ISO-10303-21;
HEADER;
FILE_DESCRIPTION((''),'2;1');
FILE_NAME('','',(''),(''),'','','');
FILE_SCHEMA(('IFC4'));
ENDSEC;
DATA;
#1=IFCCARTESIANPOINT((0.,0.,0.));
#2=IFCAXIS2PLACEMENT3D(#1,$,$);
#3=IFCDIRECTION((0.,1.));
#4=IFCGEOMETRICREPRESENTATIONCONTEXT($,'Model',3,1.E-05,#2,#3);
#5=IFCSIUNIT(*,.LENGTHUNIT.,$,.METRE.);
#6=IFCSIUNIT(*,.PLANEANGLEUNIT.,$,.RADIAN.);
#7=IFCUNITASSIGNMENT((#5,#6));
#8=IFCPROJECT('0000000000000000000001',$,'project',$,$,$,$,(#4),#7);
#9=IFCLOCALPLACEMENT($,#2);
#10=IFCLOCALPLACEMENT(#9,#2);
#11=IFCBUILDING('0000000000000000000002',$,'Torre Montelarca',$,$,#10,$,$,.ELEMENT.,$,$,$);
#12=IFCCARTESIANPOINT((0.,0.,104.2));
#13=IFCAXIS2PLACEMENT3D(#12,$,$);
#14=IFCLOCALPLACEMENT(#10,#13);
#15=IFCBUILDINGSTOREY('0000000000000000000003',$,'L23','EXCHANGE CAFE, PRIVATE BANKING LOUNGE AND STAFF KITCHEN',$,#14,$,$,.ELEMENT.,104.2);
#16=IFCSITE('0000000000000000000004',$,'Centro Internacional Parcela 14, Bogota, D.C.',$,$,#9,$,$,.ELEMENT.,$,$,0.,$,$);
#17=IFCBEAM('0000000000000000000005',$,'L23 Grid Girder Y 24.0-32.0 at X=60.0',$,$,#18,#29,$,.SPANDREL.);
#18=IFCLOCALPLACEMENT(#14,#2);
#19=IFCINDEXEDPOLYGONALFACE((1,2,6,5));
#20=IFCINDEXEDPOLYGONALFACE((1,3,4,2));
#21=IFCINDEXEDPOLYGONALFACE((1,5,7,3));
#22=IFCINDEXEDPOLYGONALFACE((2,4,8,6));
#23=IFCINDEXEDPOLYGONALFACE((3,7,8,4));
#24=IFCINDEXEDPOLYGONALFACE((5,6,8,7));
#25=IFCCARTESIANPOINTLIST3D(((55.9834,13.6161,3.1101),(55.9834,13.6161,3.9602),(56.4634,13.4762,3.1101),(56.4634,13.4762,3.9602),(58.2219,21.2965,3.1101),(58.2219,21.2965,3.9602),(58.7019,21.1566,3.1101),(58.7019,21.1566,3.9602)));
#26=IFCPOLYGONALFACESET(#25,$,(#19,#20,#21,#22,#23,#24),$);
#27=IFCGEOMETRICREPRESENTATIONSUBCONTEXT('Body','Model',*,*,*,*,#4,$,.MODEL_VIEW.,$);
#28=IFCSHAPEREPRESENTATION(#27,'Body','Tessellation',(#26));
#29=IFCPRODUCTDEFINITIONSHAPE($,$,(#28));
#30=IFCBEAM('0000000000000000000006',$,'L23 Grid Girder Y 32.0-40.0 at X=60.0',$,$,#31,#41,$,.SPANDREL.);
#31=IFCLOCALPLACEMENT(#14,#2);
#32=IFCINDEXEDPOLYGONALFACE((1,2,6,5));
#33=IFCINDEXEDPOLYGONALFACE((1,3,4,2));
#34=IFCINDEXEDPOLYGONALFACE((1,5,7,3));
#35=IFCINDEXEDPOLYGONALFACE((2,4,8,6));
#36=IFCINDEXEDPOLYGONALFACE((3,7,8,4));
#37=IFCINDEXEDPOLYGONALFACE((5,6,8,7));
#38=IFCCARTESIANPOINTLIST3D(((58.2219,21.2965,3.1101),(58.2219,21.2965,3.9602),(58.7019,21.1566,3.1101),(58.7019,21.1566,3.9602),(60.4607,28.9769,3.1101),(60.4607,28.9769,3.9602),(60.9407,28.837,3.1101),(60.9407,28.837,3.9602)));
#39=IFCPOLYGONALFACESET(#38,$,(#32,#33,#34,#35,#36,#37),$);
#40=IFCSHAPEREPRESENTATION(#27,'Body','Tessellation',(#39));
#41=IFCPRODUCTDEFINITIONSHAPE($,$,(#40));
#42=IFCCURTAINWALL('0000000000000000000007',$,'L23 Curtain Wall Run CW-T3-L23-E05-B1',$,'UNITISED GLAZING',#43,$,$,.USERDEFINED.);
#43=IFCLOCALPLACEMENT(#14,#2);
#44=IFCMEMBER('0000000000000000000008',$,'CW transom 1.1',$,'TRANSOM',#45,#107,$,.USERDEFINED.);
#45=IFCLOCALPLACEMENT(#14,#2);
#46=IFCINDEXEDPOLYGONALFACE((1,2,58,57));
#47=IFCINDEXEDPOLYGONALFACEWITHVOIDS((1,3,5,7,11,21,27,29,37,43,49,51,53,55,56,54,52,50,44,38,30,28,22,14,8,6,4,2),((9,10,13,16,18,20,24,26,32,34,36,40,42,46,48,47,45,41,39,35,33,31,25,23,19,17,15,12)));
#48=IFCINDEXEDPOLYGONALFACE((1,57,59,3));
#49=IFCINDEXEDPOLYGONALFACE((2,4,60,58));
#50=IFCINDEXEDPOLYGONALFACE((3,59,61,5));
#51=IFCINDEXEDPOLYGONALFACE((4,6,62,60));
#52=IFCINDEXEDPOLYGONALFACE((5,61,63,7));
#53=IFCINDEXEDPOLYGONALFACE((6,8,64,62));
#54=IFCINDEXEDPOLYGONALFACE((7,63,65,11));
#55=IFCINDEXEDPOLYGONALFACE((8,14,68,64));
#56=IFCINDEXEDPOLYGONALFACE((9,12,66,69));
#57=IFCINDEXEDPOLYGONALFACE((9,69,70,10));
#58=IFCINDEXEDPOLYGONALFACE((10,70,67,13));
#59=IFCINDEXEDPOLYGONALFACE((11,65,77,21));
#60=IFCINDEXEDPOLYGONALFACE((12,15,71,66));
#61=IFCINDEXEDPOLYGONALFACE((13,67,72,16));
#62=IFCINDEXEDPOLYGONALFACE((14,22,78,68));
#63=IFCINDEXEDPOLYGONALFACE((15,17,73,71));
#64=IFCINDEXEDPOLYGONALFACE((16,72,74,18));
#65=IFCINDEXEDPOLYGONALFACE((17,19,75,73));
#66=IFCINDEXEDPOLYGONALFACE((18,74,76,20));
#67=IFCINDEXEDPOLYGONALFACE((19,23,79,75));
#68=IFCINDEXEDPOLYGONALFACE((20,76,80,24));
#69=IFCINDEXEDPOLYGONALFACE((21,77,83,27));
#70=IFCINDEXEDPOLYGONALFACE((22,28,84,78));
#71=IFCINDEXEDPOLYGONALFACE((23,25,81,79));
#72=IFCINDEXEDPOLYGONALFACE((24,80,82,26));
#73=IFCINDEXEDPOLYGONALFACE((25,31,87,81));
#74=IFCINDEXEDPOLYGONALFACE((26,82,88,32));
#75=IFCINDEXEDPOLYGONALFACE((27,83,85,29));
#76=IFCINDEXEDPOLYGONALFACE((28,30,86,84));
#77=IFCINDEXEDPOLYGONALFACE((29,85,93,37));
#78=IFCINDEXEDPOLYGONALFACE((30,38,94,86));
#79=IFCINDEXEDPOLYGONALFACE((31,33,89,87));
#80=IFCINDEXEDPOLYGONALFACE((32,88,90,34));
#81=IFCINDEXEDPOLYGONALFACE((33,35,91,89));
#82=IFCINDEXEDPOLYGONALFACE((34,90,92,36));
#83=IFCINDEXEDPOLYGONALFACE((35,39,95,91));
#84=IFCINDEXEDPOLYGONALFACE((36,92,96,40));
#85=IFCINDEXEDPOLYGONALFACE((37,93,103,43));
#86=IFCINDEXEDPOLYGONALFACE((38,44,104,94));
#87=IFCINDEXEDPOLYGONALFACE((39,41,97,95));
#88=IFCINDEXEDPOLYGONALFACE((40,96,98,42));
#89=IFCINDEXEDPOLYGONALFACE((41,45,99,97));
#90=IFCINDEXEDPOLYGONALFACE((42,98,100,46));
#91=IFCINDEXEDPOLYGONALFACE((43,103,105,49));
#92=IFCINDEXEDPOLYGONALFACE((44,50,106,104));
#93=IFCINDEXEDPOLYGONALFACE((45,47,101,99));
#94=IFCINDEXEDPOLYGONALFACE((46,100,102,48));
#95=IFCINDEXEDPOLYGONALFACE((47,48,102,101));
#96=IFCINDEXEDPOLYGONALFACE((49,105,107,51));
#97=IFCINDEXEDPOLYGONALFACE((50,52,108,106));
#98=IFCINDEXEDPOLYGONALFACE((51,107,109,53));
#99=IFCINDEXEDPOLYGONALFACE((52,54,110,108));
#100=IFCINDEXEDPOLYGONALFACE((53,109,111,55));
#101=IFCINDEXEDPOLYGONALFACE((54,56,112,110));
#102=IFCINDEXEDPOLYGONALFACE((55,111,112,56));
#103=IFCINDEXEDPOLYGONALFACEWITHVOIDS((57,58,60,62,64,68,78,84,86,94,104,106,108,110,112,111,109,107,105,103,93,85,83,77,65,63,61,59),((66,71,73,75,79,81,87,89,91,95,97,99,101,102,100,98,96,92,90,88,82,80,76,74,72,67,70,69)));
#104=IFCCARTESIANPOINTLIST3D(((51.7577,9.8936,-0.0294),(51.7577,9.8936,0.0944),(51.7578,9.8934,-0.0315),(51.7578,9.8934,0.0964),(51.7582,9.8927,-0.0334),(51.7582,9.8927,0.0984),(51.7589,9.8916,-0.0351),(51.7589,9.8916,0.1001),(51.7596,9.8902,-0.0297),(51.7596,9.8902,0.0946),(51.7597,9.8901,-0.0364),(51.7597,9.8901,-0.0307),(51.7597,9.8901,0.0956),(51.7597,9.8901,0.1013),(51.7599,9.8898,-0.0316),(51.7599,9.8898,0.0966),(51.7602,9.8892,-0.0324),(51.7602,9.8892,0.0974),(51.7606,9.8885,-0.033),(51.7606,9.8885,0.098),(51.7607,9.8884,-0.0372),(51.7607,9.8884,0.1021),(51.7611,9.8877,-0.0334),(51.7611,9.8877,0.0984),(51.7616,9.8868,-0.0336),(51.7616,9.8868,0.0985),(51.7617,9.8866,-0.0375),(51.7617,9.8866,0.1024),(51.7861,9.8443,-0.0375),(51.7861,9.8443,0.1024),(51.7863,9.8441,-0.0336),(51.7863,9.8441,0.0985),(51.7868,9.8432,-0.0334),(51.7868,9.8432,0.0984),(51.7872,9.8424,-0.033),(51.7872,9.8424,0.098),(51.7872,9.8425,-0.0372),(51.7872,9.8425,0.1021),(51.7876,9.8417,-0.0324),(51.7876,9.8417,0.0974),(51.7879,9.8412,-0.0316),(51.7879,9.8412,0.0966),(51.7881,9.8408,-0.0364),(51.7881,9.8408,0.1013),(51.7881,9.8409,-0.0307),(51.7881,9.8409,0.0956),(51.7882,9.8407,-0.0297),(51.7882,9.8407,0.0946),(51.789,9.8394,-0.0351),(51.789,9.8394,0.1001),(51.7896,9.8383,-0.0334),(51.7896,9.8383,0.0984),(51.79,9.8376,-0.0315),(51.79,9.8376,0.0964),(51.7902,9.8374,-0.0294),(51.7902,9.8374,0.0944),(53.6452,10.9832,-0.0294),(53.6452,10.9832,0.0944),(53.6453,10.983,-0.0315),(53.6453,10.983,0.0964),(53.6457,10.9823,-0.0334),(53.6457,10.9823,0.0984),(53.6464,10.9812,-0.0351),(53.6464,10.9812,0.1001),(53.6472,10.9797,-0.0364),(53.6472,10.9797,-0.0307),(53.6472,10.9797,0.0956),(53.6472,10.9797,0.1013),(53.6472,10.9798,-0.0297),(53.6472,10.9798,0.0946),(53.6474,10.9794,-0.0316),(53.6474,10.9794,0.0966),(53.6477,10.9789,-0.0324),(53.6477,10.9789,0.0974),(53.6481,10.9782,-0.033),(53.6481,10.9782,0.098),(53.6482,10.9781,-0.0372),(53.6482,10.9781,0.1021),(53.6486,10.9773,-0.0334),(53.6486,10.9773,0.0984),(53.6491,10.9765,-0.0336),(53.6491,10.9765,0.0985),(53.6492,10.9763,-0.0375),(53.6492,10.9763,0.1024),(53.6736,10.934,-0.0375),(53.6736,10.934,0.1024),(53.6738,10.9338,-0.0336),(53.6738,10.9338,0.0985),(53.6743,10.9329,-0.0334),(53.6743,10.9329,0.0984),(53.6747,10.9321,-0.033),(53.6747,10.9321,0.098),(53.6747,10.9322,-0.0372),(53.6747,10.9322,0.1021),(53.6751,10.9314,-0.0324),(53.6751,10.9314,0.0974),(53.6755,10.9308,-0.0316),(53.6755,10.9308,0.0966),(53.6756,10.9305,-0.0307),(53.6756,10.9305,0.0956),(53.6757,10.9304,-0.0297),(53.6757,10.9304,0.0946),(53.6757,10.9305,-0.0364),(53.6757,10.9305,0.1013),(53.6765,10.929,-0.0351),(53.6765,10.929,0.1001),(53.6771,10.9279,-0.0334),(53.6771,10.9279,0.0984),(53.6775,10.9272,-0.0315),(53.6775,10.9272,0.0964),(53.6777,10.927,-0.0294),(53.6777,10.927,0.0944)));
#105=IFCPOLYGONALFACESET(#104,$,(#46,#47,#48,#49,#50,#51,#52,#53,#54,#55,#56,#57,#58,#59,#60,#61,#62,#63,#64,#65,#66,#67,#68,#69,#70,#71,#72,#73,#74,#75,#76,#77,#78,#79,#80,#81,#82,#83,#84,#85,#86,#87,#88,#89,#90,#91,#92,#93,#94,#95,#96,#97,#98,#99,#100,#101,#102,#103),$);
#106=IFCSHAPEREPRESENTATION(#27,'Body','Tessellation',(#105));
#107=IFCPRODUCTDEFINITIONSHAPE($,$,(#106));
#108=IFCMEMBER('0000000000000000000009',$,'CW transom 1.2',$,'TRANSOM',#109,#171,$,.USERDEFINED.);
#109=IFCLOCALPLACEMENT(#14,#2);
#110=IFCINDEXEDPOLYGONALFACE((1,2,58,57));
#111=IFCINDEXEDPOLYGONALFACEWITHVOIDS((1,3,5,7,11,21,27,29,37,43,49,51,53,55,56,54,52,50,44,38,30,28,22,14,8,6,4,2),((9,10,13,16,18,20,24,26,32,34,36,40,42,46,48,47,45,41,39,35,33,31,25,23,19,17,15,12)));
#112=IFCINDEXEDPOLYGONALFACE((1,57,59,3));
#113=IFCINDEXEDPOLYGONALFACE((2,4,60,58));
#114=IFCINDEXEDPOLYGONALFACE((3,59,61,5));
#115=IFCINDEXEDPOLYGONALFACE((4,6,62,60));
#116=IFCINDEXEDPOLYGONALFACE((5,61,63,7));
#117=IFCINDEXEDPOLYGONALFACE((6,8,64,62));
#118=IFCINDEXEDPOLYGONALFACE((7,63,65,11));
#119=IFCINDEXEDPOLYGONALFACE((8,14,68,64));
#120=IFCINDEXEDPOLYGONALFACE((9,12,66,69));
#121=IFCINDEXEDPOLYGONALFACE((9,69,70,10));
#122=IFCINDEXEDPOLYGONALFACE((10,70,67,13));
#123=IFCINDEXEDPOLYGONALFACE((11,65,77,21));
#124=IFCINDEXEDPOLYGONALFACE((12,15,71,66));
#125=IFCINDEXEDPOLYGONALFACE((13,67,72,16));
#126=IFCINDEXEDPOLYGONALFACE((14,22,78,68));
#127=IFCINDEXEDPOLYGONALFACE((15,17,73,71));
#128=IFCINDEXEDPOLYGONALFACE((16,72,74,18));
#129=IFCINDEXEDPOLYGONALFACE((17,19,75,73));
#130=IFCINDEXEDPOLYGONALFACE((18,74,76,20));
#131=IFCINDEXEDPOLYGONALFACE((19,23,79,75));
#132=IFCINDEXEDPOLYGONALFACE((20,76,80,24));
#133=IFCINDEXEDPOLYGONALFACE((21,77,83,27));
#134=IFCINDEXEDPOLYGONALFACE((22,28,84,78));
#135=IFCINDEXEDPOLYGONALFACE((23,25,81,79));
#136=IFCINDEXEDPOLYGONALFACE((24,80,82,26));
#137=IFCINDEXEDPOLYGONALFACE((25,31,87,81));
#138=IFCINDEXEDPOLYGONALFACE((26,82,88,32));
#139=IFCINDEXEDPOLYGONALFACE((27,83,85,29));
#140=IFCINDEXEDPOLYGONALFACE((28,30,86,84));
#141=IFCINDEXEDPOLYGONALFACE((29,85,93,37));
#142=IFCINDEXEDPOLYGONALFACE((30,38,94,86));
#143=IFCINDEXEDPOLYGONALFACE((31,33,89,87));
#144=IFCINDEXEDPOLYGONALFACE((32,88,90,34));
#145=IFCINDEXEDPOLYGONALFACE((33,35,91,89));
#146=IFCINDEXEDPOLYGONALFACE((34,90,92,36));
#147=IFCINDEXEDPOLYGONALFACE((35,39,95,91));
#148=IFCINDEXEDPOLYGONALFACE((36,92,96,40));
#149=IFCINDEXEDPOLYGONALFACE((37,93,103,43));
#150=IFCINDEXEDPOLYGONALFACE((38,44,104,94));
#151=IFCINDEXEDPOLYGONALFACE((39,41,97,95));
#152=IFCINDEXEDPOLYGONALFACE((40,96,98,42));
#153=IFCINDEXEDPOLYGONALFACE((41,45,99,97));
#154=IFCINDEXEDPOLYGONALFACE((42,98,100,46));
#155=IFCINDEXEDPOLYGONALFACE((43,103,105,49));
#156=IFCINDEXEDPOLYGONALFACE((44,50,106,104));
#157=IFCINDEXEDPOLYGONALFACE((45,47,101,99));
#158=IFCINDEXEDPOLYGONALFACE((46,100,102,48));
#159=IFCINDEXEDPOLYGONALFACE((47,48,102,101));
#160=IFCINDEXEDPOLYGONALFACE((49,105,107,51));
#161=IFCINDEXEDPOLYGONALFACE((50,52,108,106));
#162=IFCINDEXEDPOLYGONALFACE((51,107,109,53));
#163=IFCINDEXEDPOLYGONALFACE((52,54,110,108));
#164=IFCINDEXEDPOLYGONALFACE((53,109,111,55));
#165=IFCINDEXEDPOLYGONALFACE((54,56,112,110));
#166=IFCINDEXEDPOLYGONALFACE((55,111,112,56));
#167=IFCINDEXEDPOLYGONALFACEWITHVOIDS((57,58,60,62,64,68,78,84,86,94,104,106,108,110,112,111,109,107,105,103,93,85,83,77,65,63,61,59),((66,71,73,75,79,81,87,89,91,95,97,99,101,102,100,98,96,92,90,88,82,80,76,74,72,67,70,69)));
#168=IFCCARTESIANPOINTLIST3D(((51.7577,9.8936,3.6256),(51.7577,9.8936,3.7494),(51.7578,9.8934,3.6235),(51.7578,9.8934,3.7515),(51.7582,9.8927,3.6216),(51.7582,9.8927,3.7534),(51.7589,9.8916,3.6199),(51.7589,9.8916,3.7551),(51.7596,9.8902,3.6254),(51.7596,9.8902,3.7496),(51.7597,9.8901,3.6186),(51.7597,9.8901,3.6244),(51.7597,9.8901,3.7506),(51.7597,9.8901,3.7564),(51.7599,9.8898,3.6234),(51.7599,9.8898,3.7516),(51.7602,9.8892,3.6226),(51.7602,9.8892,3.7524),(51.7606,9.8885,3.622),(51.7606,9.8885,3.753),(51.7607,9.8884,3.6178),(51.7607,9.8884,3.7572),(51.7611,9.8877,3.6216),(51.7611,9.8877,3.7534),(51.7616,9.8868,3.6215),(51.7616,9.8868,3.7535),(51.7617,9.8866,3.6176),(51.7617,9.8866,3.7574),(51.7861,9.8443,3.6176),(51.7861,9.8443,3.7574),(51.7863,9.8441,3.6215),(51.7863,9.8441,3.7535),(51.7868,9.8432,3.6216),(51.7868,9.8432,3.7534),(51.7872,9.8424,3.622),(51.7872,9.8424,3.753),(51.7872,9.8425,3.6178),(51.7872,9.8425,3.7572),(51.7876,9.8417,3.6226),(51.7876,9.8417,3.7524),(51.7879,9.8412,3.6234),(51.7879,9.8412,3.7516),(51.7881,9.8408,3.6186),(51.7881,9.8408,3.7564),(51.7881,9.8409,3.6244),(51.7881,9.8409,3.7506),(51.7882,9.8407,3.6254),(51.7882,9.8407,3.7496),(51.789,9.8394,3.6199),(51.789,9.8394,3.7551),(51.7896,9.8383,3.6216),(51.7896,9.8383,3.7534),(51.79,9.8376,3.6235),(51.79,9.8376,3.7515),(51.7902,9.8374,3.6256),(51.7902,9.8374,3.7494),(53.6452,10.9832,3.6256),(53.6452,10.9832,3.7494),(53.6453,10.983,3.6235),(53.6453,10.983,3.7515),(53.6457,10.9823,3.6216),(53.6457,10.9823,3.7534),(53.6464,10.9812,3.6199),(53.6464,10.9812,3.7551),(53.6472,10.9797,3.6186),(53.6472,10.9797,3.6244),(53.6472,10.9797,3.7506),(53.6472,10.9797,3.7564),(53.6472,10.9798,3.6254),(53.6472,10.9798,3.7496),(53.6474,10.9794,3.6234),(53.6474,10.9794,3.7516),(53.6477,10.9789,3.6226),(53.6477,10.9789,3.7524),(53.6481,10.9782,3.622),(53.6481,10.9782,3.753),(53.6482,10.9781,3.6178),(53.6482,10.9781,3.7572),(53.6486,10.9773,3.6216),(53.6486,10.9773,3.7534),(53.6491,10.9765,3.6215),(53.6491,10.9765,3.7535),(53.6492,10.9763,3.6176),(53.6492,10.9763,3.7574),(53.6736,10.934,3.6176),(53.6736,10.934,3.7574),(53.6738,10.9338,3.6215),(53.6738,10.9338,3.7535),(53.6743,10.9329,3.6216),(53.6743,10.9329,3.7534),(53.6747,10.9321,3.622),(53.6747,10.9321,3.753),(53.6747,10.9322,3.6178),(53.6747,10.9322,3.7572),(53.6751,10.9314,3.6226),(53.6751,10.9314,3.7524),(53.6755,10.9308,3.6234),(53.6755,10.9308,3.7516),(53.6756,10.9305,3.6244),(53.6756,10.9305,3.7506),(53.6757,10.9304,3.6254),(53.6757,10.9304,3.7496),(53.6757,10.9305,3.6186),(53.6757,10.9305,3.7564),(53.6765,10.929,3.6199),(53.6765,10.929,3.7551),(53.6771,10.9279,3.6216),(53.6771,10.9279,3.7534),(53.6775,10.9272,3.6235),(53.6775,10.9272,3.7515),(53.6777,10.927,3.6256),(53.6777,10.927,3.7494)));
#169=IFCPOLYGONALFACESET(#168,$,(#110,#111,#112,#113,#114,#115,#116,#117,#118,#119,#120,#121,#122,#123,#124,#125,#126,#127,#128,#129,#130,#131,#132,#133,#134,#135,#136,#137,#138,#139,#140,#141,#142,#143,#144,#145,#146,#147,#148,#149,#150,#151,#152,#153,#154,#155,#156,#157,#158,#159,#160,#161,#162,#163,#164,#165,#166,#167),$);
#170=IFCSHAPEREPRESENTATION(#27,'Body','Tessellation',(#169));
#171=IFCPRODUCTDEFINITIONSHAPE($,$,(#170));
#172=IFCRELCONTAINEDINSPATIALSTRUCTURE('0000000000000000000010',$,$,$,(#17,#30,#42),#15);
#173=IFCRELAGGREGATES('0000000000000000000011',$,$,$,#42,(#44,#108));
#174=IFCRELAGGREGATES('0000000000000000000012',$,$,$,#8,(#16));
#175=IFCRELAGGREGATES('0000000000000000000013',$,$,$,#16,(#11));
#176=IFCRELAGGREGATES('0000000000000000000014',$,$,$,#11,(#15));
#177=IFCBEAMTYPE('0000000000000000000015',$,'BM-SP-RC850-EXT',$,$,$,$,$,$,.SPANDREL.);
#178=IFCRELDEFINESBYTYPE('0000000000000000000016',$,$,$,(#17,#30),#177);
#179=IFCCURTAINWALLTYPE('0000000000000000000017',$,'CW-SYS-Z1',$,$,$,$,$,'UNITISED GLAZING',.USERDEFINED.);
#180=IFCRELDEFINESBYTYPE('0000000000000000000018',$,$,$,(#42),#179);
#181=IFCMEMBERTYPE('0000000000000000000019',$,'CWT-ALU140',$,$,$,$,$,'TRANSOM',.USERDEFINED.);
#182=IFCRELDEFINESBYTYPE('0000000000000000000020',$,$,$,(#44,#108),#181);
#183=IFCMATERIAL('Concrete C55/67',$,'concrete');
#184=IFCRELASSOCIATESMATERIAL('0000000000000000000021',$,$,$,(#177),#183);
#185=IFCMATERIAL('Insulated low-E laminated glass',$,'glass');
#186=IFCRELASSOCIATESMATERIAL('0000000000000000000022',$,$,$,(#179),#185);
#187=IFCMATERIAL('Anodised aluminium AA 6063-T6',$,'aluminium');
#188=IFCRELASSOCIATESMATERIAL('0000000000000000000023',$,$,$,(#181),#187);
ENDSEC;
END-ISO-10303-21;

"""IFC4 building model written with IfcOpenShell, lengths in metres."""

from ifc_helpers import new_model, si_unit, direction, frame, origin, origin_2d, place, context, subcontext, project, spatial, rectangle, hollow_rectangle, extrude, source, transform, mapped, material, material_profile, profile_set, type_object, element, aggregate, save


model = new_model("IFC4")

# Units and contexts
model_context = context("Model", 3, precision=1e-05, world=origin(), true_north=direction((0.0, 1.0)))
body_context = subcontext(model_context, "Body", "Model", "MODEL_VIEW")
ifc_project = project(units=[si_unit("LENGTHUNIT", "METRE"), si_unit("PLANEANGLEUNIT", "RADIAN")], contexts=[model_context])

# Site, building, storey
site_placement = place(None, origin())
site = spatial("IfcSite", under=ifc_project, at=site_placement, Name="Centro Internacional Parcela 14, Bogota, D.C.", CompositionType="ELEMENT", RefElevation=0.0)
building_placement = place(site_placement, origin())
building = spatial("IfcBuilding", under=site, at=building_placement, Name="Torre Montelarca", CompositionType="ELEMENT")
storey_placement = place(building_placement, frame((0.0, 0.0, 104.2)))
storey = spatial("IfcBuildingStorey", under=building, at=storey_placement, Name="L23", Description="EXCHANGE CAFE, PRIVATE BANKING LOUNGE AND STAFF KITCHEN", CompositionType="ELEMENT", Elevation=104.2)

# Beams
ifc_material_1 = material(Name="Concrete C55/67", Category="concrete")
ifc_material_profile_1 = material_profile(ifc_material_1, rectangle(XDim=0.5, YDim=0.8501, at=origin_2d()), Name="RCB500X850", Category="concrete")
ifc_profile_set_1 = profile_set([ifc_material_profile_1], Name="Concrete C55/67")
beam_type = type_object("IfcBeamType", Name="BM-SP-RC850-EXT", PredefinedType="SPANDREL", material=ifc_profile_set_1)
shared_shape_1 = source(origin(), body_context, "Body", "SweptSolid", [
    extrude(rectangle(XDim=0.5, YDim=0.8501, at=origin_2d()), origin(), (0.0, 0.0, 1.0), 8.0),
])
for number, where, z_axis, x_axis, name in (
    (1, (56.2234, 13.5461, 3.5352), (0.279816, 0.960054, 0.0), (-0.960054, 0.279816, 0.0), "L23 Grid Girder Y 24.0-32.0 at X=60.0"),
    (2, (58.4619, 21.2266, 3.5352), (0.279844, 0.960045, 0.0), (-0.960045, 0.279844, 0.0), "L23 Grid Girder Y 32.0-40.0 at X=60.0"),
):
    element("IfcBeam", number, at=place(storey_placement, frame(where, z_axis=z_axis, x_axis=x_axis)), inside=storey, type_object=beam_type, Name=name, PredefinedType="SPANDREL", context=body_context, shape_type="MappedRepresentation", body=[
        mapped(shared_shape_1, transform((0.0, 0.0, 0.0), scale=1.0)),
    ])

# Curtain wall, members
ifc_material_2 = material(Name="Insulated low-E laminated glass", Category="glass")
curtain_wall_type = type_object("IfcCurtainWallType", Name="CW-SYS-Z1", ElementType="UNITISED GLAZING", PredefinedType="USERDEFINED", material=ifc_material_2)
curtain_wall_1_placement = place(storey_placement, origin())
curtain_wall_1 = element("IfcCurtainWall", 3, at=curtain_wall_1_placement, inside=storey, type_object=curtain_wall_type, Name="L23 Curtain Wall Run CW-T3-L23-E05-B1", ObjectType="UNITISED GLAZING", PredefinedType="USERDEFINED")
ifc_material_3 = material(Name="Anodised aluminium AA 6063-T6", Category="aluminium")
ifc_material_profile_2 = material_profile(ifc_material_3, hollow_rectangle(XDim=0.0649, YDim=0.1399, WallThickness=0.0039, InnerFilletRadius=0.0039, OuterFilletRadius=0.0081, at=origin_2d()), Name="ALU65X140X4", Category="aluminium")
ifc_profile_set_2 = profile_set([ifc_material_profile_2], Name="Anodised aluminium AA 6063-T6")
member_type_1 = type_object("IfcMemberType", Name="CWT-ALU140", ElementType="TRANSOM", PredefinedType="USERDEFINED", material=ifc_profile_set_2)
shared_shape_2 = source(origin(), body_context, "Body", "SweptSolid", [
    extrude(hollow_rectangle(XDim=0.0649, YDim=0.1399, WallThickness=0.0039, InnerFilletRadius=0.0039, OuterFilletRadius=0.0081, at=origin_2d()), origin(), (0.0, 0.0, 1.0), 2.1794),
])
member_1_placement = place(storey_placement, frame((51.7739, 9.8655, 0.0325), z_axis=(0.866049, 0.499958, 0.0), x_axis=(-0.499958, 0.866049, 0.0)))
member_1 = element("IfcMember", 4, at=member_1_placement, type_object=member_type_1, Name="CW transom 1.1", ObjectType="TRANSOM", PredefinedType="USERDEFINED", context=body_context, shape_type="MappedRepresentation", body=[
    mapped(shared_shape_2, transform((0.0, 0.0, 0.0), scale=1.0)),
])
member_2_placement = place(storey_placement, frame((51.7739, 9.8655, 3.6875), z_axis=(0.866049, 0.499958, 0.0), x_axis=(-0.499958, 0.866049, 0.0)))
member_2 = element("IfcMember", 5, at=member_2_placement, type_object=member_type_1, Name="CW transom 1.2", ObjectType="TRANSOM", PredefinedType="USERDEFINED", context=body_context, shape_type="MappedRepresentation", body=[
    mapped(shared_shape_2, transform((0.0, 0.0, 0.0), scale=1.0)),
])

aggregate(curtain_wall_1, [member_1, member_2])

save(model, "model.ifc")
